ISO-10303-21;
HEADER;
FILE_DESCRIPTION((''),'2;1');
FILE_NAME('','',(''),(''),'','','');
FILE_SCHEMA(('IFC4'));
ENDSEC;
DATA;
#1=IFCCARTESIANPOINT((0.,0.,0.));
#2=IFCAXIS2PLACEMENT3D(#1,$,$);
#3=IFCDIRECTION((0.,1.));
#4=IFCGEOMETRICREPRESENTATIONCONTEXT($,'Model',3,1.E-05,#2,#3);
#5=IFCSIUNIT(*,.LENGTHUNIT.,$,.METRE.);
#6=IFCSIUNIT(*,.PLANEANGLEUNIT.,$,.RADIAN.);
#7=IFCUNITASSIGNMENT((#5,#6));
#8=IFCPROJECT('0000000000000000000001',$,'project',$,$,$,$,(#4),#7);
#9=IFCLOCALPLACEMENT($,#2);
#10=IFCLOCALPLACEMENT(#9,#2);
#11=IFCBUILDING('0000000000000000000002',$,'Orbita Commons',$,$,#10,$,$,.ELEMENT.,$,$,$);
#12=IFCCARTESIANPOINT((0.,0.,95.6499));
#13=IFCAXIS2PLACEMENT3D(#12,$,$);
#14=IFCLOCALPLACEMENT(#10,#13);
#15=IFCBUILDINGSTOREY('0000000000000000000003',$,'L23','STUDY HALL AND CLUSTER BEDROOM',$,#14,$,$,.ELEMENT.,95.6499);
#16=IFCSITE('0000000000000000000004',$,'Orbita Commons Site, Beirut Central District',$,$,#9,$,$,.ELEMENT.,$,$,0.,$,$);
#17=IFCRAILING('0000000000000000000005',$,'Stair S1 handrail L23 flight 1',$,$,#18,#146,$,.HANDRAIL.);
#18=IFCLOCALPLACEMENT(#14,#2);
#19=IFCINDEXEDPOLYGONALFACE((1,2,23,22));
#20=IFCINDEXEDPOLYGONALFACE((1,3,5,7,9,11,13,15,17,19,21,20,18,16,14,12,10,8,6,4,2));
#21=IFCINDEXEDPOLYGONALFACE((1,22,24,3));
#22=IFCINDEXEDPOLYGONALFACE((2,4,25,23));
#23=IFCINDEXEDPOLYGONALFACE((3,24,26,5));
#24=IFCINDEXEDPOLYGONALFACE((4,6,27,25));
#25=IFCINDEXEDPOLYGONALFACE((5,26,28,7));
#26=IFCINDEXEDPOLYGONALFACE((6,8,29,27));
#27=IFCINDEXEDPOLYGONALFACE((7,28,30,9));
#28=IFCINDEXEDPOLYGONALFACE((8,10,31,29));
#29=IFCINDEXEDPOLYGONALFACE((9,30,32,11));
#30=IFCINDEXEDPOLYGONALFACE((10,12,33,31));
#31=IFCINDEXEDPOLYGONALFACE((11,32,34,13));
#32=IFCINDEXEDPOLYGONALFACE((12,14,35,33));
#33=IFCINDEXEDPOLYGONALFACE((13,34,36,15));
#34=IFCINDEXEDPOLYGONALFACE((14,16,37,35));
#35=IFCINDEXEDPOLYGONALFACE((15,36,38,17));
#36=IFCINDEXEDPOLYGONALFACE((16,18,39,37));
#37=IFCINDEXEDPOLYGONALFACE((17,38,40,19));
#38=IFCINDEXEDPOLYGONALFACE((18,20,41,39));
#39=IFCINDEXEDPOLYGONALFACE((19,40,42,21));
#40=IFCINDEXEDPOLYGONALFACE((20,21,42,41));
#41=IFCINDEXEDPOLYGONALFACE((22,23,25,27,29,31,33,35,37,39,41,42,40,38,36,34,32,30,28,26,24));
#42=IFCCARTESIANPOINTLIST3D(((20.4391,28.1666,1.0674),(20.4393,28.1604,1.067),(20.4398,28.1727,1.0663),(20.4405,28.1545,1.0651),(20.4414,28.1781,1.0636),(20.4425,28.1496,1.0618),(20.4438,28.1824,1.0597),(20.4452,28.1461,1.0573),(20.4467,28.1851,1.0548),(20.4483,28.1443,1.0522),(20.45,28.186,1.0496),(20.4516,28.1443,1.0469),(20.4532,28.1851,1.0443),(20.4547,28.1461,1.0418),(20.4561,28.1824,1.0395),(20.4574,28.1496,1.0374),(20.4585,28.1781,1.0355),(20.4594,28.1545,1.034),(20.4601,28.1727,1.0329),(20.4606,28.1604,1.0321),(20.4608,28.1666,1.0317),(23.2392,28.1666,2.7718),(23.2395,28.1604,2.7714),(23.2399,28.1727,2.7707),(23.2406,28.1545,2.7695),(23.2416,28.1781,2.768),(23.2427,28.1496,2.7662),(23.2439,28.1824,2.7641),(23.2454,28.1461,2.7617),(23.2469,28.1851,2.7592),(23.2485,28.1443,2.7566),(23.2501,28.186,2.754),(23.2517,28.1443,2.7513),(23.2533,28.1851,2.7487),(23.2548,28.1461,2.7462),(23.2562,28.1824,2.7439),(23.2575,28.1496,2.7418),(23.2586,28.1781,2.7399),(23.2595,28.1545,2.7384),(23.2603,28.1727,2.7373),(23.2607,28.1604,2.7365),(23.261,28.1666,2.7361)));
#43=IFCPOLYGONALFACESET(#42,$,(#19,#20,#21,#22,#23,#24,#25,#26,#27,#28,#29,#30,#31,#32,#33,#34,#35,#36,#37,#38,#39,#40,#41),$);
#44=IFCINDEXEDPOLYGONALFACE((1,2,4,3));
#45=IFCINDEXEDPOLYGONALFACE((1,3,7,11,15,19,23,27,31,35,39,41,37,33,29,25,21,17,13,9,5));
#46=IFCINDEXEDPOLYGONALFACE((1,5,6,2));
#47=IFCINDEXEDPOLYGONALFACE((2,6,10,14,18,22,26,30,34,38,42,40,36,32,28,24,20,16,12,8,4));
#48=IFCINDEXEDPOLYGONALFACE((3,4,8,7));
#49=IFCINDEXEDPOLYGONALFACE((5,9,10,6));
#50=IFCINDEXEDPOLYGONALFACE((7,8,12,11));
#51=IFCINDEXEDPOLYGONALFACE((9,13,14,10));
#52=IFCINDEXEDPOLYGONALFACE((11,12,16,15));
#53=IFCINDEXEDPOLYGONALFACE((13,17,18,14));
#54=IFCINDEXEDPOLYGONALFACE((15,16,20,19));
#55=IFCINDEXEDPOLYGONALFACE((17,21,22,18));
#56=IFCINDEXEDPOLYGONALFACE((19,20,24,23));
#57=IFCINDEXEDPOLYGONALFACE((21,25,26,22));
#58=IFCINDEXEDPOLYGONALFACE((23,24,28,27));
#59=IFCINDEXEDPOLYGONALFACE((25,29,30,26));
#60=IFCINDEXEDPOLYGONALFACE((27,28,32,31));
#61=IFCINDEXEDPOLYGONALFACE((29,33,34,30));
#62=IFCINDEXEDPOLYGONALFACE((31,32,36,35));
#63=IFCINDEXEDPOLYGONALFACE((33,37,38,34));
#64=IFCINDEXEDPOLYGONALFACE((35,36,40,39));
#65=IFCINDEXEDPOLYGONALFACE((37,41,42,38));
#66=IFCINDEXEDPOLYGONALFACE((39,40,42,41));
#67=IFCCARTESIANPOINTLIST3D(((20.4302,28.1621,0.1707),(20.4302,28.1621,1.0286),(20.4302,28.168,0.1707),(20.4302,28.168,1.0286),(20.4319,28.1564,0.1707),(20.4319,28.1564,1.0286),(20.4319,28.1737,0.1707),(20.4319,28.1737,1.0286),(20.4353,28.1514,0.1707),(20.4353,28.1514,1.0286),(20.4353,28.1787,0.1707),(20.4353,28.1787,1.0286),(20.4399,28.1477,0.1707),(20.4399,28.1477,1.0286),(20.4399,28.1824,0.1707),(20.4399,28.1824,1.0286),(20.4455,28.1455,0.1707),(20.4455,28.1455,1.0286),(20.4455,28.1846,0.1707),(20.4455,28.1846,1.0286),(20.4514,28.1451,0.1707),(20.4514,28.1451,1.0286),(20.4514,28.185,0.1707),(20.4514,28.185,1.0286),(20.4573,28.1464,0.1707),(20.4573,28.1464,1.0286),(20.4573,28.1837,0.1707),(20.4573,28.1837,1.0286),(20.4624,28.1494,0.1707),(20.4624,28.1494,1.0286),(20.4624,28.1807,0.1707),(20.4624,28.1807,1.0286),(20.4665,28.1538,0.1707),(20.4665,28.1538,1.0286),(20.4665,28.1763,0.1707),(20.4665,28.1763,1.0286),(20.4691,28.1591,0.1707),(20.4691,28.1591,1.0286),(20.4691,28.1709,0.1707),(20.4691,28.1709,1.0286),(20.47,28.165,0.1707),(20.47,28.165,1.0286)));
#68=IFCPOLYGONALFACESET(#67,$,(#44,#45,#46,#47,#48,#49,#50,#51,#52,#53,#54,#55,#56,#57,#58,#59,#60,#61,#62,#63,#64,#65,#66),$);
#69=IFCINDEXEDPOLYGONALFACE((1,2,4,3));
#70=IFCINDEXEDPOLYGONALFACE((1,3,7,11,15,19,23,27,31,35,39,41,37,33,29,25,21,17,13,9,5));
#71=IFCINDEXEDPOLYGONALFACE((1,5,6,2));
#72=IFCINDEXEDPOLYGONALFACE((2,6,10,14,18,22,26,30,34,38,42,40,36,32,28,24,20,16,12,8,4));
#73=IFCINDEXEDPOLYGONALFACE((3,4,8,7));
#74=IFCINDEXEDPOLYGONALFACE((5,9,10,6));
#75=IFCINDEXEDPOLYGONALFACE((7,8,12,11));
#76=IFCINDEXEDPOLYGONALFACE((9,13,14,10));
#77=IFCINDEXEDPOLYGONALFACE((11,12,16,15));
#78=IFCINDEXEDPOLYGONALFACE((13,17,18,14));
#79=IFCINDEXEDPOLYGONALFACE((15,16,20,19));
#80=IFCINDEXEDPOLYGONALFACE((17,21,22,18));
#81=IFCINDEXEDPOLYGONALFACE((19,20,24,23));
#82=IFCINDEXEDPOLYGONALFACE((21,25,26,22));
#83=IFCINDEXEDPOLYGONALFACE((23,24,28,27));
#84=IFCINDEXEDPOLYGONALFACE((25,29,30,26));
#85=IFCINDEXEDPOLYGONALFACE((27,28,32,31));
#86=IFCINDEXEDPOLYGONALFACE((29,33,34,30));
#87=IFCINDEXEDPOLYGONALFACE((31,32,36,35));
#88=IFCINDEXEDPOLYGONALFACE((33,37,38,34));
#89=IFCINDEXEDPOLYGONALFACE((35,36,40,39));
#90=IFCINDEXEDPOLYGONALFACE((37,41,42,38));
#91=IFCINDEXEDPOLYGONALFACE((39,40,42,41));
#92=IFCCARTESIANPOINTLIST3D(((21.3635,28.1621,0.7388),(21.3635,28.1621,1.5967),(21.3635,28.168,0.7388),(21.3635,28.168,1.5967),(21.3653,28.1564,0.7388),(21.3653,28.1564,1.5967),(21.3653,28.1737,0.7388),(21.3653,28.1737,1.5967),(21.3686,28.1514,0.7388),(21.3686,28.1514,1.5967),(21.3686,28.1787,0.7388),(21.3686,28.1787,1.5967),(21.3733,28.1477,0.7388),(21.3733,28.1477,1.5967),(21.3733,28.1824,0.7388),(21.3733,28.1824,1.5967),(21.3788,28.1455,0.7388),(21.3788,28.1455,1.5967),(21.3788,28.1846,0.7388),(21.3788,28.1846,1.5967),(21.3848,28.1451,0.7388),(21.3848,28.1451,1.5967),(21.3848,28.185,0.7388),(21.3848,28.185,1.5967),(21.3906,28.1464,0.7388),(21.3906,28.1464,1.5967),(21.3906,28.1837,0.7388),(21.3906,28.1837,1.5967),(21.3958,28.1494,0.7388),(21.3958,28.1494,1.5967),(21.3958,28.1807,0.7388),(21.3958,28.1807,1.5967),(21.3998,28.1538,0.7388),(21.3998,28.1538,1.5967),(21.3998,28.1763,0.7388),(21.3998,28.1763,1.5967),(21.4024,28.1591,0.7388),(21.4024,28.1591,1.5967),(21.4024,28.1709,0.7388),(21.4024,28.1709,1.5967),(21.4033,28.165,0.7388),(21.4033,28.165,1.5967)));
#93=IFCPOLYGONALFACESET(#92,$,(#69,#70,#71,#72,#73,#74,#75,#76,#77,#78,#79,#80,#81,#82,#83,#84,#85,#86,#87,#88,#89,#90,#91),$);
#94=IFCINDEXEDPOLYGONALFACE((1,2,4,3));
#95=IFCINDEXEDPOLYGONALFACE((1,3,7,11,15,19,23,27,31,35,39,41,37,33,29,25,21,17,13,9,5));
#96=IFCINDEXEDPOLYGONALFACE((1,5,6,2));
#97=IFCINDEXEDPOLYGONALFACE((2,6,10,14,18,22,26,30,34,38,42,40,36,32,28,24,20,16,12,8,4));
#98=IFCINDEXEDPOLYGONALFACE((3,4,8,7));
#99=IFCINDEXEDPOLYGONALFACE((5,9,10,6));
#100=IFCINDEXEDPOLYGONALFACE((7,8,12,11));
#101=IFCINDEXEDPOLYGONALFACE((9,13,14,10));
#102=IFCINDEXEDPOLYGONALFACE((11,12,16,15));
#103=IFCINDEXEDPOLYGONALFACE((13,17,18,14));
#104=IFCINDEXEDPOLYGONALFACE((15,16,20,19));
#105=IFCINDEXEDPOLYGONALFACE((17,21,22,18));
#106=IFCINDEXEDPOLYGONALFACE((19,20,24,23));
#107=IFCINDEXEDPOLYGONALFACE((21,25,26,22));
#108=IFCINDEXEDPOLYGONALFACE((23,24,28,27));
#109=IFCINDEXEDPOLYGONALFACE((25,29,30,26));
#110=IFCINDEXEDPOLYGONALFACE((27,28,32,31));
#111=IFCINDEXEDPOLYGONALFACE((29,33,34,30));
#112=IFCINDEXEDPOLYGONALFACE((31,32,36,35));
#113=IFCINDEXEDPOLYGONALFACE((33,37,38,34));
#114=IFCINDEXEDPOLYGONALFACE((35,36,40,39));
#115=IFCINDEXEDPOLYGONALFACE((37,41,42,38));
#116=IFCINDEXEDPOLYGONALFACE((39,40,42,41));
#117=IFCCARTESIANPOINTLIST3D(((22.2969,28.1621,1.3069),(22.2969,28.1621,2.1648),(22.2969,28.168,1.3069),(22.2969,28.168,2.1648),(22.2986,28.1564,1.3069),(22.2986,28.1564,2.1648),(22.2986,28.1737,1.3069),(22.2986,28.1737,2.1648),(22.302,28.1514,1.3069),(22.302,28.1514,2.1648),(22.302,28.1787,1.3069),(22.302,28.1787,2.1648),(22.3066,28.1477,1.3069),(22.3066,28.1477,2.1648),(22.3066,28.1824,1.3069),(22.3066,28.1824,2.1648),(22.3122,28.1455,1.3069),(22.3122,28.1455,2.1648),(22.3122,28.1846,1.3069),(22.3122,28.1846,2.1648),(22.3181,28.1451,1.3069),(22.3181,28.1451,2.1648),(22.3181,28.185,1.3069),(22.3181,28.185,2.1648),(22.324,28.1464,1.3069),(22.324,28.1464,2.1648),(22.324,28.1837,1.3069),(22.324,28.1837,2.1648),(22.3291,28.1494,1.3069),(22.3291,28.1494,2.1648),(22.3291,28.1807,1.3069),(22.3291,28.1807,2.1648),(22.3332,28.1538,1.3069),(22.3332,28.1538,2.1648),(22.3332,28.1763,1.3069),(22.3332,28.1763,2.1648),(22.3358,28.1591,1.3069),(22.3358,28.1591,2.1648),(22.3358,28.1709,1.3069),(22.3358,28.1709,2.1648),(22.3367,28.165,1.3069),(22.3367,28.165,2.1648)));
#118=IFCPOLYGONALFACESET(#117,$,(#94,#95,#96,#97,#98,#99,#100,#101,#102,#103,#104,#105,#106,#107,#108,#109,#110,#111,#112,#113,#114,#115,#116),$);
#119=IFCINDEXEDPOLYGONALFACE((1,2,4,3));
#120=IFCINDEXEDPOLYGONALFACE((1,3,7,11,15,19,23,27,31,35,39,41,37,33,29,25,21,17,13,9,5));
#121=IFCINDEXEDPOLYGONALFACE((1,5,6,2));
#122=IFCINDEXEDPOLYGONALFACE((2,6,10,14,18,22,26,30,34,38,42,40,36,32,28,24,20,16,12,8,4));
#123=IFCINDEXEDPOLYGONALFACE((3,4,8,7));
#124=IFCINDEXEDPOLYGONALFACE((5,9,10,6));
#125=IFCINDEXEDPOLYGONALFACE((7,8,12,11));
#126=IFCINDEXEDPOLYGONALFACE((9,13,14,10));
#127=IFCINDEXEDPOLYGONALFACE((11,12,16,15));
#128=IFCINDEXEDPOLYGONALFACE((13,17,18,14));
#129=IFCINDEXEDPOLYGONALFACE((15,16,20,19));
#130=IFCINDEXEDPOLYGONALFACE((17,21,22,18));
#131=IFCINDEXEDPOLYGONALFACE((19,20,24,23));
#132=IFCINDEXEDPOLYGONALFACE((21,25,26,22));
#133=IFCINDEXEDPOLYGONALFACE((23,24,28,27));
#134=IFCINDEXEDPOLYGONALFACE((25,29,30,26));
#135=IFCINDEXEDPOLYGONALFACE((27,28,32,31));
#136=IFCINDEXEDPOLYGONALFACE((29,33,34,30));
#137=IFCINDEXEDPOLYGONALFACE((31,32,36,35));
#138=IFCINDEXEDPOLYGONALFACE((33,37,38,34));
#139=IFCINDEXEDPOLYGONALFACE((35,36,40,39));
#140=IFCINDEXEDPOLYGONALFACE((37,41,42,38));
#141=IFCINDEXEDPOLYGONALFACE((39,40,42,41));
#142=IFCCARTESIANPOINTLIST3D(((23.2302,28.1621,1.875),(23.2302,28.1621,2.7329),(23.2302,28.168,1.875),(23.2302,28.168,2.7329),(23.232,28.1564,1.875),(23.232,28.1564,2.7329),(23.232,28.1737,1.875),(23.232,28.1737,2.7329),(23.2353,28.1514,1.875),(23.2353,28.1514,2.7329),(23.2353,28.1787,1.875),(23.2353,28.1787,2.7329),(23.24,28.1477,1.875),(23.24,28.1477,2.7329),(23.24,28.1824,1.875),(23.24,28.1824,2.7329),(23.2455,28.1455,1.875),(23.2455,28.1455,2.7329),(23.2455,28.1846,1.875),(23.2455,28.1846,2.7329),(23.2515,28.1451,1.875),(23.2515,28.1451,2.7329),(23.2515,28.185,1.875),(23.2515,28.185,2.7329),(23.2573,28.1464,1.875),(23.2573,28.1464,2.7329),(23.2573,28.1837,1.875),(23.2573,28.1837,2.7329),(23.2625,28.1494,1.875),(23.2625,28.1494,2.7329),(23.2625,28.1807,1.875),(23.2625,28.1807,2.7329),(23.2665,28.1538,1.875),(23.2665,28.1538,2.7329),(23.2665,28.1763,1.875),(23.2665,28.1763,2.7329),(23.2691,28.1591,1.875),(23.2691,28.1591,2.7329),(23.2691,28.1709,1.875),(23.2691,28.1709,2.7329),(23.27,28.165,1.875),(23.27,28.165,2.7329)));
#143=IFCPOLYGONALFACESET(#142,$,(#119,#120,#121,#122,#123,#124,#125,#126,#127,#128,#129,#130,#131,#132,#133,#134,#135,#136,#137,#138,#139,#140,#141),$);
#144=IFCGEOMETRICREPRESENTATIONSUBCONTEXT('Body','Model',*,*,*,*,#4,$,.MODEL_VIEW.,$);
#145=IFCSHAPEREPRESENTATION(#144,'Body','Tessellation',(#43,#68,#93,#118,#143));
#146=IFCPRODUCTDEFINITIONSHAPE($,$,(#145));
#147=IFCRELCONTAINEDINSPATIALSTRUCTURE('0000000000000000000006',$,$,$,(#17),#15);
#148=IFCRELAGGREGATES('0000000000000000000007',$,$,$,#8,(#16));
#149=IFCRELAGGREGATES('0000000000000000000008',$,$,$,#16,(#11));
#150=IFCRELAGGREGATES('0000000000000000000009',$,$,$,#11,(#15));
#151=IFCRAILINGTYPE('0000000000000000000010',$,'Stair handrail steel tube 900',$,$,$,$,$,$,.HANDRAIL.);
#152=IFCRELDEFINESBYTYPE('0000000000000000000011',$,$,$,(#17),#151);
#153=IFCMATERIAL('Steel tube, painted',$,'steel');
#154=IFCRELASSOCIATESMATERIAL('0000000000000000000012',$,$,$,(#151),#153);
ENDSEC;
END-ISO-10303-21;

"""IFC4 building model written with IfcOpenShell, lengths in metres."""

from ifc_helpers import new_model, si_unit, direction, frame, origin, origin_2d, place, context, subcontext, project, spatial, circle, extrude, material, type_object, element, save


model = new_model("IFC4")

# Units and contexts
model_context = context("Model", 3, precision=1e-05, world=origin(), true_north=direction((0.0, 1.0)))
body_context = subcontext(model_context, "Body", "Model", "MODEL_VIEW")
ifc_project = project(units=[si_unit("LENGTHUNIT", "METRE"), si_unit("PLANEANGLEUNIT", "RADIAN")], contexts=[model_context])

# Site, building, storey
site_placement = place(None, origin())
site = spatial("IfcSite", under=ifc_project, at=site_placement, Name="Orbita Commons Site, Beirut Central District", CompositionType="ELEMENT", RefElevation=0.0)
building_placement = place(site_placement, origin())
building = spatial("IfcBuilding", under=site, at=building_placement, Name="Orbita Commons", CompositionType="ELEMENT")
storey_placement = place(building_placement, frame((0.0, 0.0, 95.6499)))
storey = spatial("IfcBuildingStorey", under=building, at=storey_placement, Name="L23", Description="STUDY HALL AND CLUSTER BEDROOM", CompositionType="ELEMENT", Elevation=95.6499)

# Railing
ifc_material_1 = material(Name="Steel tube, painted", Category="steel")
railing_type = type_object("IfcRailingType", Name="Stair handrail steel tube 900", PredefinedType="HANDRAIL", material=ifc_material_1)
for number, where, name in (
    (1, (20.45, 28.165, 0.1707), "Stair S1 handrail L23 flight 1"),
):
    element("IfcRailing", number, at=place(storey_placement, frame(where)), inside=storey, type_object=railing_type, Name=name, PredefinedType="HANDRAIL", context=body_context, shape_type="SweptSolid", body=[
        extrude(circle(Radius=0.021, at=origin_2d()), frame((0.0, 0.0, 0.8789), z_axis=(0.854203, 0.0, 0.51994), x_axis=(0.0, 1.0, 0.0)), (0.0, 0.0, 1.0), 3.2781),
        extrude(circle(Radius=0.02, at=origin_2d()), origin(), (0.0, 0.0, 1.0), 0.8579),
        extrude(circle(Radius=0.02, at=origin_2d()), frame((0.9333, 0.0, 0.5681)), (0.0, 0.0, 1.0), 0.8579),
        extrude(circle(Radius=0.02, at=origin_2d()), frame((1.8667, 0.0, 1.1362)), (0.0, 0.0, 1.0), 0.8579),
        extrude(circle(Radius=0.02, at=origin_2d()), frame((2.8, 0.0, 1.7043)), (0.0, 0.0, 1.0), 0.8579),
    ])

save(model, "model.ifc")
